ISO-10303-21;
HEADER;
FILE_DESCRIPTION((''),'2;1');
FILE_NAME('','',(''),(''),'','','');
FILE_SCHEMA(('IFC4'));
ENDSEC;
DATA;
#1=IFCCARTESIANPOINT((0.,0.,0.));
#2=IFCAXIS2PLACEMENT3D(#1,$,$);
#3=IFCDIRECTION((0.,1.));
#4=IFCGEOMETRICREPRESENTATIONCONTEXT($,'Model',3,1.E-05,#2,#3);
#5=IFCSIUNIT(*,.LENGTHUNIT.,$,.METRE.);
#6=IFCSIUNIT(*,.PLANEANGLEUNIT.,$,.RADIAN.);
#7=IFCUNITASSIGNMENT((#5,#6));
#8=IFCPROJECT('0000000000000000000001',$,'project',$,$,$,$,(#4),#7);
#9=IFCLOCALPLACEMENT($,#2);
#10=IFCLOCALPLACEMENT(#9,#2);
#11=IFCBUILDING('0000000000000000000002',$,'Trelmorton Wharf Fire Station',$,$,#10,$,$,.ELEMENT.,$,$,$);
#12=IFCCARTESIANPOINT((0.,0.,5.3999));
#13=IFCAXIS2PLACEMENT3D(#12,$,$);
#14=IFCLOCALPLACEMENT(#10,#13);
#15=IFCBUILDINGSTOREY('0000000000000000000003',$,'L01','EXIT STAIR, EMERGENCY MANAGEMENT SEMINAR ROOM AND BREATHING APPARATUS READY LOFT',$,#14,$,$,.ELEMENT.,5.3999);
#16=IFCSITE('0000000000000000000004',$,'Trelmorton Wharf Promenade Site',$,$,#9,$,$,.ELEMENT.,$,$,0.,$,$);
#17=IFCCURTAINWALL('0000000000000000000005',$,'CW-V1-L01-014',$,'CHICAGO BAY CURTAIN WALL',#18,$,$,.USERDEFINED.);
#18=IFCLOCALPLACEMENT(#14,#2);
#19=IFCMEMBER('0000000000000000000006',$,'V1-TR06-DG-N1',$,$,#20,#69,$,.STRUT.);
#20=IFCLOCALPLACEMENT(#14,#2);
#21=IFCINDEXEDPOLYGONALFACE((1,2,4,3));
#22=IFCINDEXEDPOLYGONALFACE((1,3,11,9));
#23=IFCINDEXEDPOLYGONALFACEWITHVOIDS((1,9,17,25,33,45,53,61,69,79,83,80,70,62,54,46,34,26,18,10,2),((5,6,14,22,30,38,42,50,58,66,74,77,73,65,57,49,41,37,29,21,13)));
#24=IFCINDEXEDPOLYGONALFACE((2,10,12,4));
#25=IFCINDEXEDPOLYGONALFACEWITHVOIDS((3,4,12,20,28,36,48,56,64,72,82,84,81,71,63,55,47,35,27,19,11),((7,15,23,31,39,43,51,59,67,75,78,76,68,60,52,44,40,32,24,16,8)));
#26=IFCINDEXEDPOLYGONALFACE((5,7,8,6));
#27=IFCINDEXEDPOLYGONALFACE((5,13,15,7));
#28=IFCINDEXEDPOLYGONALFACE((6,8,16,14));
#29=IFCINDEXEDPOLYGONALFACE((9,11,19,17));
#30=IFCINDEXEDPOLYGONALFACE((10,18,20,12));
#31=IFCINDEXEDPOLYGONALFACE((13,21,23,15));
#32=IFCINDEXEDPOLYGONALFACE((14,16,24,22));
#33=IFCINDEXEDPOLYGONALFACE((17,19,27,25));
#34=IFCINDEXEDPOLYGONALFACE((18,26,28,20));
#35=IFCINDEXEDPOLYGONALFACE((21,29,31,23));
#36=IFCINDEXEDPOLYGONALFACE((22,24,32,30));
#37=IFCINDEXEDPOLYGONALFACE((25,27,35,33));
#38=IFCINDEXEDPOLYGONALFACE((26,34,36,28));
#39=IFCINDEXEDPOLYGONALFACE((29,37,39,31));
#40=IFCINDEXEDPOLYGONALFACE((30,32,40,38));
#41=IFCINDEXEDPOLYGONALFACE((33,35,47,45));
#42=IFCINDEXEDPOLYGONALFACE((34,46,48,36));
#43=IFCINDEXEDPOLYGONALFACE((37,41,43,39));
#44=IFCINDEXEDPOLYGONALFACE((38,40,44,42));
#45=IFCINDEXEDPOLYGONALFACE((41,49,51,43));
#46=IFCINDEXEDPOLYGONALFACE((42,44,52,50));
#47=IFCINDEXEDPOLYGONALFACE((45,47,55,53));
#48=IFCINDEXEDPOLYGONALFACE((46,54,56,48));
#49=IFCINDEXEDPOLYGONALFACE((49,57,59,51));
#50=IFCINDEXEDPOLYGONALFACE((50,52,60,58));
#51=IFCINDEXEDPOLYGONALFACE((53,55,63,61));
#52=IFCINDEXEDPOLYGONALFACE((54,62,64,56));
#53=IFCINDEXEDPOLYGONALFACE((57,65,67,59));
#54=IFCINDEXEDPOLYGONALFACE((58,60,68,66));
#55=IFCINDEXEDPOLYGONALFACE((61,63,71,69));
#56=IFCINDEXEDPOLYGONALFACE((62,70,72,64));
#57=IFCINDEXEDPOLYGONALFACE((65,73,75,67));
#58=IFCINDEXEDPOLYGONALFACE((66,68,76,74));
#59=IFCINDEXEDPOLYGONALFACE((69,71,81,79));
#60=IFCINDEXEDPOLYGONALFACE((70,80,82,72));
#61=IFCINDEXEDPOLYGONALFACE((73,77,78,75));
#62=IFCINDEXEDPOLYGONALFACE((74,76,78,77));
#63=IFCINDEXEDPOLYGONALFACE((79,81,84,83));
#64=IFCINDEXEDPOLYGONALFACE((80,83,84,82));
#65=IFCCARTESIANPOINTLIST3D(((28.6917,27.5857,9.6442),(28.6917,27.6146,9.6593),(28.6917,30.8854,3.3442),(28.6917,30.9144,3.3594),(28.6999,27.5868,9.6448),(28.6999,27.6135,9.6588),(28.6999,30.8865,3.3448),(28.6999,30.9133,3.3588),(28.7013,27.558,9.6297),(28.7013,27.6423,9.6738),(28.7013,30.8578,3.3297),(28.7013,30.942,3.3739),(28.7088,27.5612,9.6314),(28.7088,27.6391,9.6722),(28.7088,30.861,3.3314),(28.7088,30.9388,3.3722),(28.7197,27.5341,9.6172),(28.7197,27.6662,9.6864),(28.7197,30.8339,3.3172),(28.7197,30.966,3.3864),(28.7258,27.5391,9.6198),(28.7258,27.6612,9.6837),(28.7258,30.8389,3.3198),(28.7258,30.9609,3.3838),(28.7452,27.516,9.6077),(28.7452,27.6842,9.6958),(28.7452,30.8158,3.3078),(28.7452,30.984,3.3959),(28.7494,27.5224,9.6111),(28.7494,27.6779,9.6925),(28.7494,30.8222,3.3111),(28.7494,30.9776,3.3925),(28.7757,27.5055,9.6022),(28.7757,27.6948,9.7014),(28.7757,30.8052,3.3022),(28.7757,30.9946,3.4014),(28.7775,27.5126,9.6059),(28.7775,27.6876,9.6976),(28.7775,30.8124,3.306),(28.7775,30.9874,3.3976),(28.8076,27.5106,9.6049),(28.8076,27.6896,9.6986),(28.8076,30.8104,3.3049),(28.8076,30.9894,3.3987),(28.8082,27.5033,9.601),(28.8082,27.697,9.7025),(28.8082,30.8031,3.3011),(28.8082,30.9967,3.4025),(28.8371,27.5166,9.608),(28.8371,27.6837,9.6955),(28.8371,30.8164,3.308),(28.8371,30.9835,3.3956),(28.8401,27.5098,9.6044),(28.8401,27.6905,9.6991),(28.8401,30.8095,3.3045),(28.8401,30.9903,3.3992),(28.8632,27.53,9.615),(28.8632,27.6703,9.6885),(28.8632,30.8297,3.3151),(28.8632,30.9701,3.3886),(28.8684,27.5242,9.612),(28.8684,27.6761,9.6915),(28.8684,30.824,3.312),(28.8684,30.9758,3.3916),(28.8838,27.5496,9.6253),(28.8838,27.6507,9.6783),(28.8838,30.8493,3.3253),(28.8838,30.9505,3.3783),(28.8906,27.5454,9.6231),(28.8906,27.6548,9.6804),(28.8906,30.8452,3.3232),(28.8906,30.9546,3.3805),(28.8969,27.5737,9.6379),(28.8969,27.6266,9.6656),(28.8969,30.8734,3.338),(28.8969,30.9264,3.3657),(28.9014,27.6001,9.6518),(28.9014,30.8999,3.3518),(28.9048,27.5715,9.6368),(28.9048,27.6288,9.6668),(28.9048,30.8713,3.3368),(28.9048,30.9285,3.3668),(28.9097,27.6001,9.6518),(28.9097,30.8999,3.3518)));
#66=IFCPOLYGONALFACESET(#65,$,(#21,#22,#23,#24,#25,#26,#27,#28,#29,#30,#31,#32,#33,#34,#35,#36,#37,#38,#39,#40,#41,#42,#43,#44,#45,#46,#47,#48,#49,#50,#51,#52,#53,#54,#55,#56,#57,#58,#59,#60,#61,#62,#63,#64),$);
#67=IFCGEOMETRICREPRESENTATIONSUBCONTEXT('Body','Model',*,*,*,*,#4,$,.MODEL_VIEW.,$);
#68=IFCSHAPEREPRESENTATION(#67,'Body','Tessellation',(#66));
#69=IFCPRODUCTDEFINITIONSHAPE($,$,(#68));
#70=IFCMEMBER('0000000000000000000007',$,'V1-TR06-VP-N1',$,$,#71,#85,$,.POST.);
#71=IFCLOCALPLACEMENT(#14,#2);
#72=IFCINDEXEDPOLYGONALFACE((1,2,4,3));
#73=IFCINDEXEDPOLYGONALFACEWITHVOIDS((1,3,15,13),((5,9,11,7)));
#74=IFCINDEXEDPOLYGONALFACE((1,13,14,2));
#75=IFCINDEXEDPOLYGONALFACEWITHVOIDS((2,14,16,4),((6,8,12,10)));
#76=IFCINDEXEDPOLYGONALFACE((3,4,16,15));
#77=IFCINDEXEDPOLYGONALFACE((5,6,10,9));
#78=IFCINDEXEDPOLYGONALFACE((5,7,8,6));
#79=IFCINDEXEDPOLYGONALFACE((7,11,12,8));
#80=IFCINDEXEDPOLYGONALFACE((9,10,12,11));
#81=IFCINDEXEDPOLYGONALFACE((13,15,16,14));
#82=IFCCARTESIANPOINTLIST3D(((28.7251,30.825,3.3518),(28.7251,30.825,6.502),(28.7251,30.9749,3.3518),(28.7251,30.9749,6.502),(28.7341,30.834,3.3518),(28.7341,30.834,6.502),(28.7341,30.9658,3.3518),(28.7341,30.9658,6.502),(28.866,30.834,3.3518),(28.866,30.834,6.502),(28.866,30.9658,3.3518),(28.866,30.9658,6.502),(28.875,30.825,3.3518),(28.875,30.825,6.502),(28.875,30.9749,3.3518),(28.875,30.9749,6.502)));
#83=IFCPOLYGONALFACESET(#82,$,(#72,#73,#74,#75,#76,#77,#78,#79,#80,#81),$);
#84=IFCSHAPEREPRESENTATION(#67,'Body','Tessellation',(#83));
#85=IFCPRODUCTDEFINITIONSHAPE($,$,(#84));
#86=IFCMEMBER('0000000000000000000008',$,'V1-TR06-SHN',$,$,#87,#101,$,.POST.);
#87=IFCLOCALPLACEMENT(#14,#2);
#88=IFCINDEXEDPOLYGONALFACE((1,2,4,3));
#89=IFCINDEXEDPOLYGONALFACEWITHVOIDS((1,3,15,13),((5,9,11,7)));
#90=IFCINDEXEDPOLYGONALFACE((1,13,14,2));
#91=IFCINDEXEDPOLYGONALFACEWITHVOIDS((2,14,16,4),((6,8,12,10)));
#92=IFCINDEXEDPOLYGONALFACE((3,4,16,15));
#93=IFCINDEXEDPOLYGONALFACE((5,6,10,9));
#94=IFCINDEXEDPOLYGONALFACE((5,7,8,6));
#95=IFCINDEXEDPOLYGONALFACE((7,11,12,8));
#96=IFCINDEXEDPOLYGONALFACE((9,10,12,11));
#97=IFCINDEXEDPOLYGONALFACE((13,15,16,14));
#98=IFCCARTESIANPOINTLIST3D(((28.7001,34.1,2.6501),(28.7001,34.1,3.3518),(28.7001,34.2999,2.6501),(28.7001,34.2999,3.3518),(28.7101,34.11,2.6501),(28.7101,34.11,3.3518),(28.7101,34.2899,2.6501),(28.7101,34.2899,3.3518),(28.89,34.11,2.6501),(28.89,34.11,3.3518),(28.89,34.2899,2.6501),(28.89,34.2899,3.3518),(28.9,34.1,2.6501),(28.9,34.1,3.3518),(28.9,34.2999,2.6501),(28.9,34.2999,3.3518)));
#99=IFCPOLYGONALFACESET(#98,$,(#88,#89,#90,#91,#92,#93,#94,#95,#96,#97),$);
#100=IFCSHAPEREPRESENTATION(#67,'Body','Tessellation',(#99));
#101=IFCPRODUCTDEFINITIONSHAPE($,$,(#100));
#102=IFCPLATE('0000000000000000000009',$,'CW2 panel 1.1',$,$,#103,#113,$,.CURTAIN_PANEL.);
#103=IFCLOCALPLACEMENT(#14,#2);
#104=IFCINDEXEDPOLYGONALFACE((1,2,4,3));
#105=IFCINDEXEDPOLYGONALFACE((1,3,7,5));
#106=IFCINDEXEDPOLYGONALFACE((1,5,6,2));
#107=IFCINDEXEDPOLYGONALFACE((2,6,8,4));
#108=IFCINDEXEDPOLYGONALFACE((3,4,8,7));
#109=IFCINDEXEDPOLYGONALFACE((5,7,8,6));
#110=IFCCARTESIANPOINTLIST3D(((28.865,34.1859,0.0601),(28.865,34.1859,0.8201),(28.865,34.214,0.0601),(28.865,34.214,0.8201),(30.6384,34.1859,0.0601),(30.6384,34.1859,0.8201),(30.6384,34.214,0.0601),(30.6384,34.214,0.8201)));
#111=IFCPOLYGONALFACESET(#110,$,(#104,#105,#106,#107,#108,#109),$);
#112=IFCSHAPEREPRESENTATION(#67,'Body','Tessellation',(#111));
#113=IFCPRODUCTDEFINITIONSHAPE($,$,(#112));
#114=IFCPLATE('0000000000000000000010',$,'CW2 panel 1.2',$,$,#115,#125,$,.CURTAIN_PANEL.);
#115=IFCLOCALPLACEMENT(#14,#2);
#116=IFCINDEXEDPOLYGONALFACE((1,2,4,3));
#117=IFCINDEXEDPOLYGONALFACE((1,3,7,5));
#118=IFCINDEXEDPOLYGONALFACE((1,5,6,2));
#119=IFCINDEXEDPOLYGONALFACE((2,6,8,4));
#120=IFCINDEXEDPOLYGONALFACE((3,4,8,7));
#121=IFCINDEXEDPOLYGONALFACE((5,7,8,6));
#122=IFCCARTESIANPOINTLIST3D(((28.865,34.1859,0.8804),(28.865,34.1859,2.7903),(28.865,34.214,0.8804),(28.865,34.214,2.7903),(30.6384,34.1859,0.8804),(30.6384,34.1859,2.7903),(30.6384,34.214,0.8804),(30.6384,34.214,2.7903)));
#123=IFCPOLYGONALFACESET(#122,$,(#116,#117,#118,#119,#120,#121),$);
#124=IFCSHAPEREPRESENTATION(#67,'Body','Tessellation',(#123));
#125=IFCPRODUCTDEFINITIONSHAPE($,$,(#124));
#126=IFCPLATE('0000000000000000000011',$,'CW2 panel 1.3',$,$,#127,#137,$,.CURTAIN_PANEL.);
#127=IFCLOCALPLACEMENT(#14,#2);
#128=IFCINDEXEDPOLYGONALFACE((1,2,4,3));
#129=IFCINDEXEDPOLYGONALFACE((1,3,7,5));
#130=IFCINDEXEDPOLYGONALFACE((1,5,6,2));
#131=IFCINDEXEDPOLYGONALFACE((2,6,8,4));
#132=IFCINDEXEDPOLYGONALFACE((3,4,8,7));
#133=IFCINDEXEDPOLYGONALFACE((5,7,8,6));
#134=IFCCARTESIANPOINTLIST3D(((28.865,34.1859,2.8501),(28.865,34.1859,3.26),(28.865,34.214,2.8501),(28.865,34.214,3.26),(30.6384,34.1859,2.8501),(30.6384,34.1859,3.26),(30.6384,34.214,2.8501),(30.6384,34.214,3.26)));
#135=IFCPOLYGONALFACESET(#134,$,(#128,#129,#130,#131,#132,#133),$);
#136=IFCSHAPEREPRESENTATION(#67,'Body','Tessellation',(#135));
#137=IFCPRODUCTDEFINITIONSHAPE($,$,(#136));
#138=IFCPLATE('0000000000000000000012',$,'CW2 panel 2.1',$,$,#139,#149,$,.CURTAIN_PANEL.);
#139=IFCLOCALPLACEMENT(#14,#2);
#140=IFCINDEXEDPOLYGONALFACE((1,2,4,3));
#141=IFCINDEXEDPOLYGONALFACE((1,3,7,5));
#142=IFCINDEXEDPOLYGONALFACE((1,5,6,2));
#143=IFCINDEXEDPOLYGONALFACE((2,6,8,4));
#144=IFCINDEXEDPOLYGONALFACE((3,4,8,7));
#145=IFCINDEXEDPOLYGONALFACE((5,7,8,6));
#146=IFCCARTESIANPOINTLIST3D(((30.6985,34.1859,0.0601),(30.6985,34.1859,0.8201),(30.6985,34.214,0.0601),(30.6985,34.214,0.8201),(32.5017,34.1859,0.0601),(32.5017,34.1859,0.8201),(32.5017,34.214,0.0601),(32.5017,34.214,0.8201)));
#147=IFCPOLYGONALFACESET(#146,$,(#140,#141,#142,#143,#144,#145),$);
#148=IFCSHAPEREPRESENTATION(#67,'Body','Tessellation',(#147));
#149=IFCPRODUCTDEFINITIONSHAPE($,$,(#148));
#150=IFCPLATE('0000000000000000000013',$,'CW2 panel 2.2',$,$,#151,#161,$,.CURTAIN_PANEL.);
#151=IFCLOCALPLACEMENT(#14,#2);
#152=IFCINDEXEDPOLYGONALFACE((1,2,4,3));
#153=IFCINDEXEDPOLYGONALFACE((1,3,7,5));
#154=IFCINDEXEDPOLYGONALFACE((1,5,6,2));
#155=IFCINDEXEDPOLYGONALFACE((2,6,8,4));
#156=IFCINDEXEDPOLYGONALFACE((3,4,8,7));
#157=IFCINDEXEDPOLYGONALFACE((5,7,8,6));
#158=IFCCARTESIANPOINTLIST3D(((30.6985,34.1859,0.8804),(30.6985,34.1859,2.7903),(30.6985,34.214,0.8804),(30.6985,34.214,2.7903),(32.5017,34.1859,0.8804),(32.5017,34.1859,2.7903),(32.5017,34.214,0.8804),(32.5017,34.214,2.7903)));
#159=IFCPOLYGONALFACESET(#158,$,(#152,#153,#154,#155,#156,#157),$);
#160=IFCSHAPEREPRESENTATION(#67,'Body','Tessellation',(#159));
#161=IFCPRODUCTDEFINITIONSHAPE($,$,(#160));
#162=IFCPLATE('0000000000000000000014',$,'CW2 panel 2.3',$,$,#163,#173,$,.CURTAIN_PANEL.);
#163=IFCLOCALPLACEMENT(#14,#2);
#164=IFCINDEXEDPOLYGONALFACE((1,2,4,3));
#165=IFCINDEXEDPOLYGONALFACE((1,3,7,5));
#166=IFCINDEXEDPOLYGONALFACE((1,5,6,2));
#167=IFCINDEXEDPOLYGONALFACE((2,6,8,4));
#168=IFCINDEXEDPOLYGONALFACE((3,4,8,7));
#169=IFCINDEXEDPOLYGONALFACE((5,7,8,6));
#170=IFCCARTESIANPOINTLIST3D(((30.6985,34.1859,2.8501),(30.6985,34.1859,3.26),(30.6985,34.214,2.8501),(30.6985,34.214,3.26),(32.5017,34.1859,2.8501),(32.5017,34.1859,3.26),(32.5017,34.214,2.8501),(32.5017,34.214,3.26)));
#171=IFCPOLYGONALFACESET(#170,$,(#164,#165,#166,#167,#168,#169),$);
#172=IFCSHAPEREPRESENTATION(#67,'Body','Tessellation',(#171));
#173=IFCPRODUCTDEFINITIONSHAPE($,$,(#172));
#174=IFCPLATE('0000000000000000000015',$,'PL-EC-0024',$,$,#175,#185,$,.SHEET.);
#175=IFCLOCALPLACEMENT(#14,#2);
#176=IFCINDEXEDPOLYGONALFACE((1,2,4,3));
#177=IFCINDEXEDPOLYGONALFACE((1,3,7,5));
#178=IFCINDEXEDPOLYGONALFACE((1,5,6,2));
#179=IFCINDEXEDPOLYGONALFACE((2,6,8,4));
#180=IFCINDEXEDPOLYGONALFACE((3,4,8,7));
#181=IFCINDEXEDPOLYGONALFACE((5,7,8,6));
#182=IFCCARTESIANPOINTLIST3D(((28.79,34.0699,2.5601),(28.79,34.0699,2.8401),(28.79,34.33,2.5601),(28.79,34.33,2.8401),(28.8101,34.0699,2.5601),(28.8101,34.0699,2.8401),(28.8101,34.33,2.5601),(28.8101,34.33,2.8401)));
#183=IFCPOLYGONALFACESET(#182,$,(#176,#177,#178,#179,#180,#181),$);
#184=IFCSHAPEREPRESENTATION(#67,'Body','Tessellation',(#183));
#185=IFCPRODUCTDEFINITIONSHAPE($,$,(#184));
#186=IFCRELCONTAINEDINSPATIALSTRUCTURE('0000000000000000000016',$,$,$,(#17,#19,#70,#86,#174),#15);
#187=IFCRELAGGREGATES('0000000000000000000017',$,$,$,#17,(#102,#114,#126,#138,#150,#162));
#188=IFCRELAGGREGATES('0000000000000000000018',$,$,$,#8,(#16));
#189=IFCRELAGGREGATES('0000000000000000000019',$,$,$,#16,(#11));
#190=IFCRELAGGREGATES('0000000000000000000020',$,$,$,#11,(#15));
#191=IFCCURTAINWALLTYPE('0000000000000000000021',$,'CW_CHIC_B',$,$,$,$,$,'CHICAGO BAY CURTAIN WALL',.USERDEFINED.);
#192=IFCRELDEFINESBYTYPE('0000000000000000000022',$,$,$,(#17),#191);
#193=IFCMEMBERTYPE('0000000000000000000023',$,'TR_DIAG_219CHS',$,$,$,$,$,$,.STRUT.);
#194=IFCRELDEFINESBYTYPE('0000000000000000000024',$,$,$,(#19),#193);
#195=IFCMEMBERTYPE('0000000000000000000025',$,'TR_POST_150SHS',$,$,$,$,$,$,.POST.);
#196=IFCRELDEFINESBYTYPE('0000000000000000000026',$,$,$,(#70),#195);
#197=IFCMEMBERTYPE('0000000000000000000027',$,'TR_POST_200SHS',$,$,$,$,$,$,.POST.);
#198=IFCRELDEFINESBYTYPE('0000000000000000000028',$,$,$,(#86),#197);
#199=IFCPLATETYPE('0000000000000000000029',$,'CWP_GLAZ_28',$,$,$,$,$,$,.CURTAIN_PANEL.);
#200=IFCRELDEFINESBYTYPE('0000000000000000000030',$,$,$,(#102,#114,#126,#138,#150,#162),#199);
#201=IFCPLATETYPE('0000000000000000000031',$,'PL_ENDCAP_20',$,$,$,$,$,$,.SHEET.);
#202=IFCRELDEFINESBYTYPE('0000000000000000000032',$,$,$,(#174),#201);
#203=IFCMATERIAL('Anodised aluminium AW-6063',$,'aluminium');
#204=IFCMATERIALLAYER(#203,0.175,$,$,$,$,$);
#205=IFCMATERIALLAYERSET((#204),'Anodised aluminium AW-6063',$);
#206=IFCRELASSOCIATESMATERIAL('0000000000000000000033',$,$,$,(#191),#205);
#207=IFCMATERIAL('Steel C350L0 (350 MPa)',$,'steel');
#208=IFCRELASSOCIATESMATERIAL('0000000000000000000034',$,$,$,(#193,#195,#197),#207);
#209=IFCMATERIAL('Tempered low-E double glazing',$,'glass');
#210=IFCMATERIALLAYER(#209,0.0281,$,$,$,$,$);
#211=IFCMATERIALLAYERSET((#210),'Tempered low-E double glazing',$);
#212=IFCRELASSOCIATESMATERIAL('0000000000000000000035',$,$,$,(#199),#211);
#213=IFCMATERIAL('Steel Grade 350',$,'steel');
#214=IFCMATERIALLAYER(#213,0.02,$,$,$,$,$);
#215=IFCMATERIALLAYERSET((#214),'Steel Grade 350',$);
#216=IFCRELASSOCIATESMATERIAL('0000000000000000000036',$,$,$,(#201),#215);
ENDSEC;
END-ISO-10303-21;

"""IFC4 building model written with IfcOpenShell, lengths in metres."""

from ifc_helpers import new_model, si_unit, direction, frame, origin, origin_2d, place, context, subcontext, project, spatial, rectangle, hollow_rectangle, hollow_circle, extrude, material, layer, layer_set, material_profile, profile_set, type_object, element, aggregate, save


model = new_model("IFC4")

# Units and contexts
model_context = context("Model", 3, precision=1e-05, world=origin(), true_north=direction((0.0, 1.0)))
body_context = subcontext(model_context, "Body", "Model", "MODEL_VIEW")
ifc_project = project(units=[si_unit("LENGTHUNIT", "METRE"), si_unit("PLANEANGLEUNIT", "RADIAN")], contexts=[model_context])

# Site, building, storey
site_placement = place(None, origin())
site = spatial("IfcSite", under=ifc_project, at=site_placement, Name="Trelmorton Wharf Promenade Site", CompositionType="ELEMENT", RefElevation=0.0)
building_placement = place(site_placement, origin())
building = spatial("IfcBuilding", under=site, at=building_placement, Name="Trelmorton Wharf Fire Station", CompositionType="ELEMENT")
storey_placement = place(building_placement, frame((0.0, 0.0, 5.3999)))
storey = spatial("IfcBuildingStorey", under=building, at=storey_placement, Name="L01", Description="EXIT STAIR, EMERGENCY MANAGEMENT SEMINAR ROOM AND BREATHING APPARATUS READY LOFT", CompositionType="ELEMENT", Elevation=5.3999)

# Shared definitions
ifc_material_1 = material(Name="Steel Grade 350", Category="steel")

# Shared definitions
ifc_material_2 = material(Name="Anodised aluminium AW-6063", Category="aluminium")
ifc_layer_1 = layer(ifc_material_2, 0.175)
ifc_layer_set_1 = layer_set([ifc_layer_1], Name="Anodised aluminium AW-6063")
curtain_wall_type = type_object("IfcCurtainWallType", Name="CW_CHIC_B", ElementType="CHICAGO BAY CURTAIN WALL", PredefinedType="USERDEFINED", material=ifc_layer_set_1)

# Curtain wall
curtain_wall_1_placement = place(storey_placement, origin())
curtain_wall_1 = element("IfcCurtainWall", 1, at=curtain_wall_1_placement, inside=storey, type_object=curtain_wall_type, Name="CW-V1-L01-014", ObjectType="CHICAGO BAY CURTAIN WALL", PredefinedType="USERDEFINED")

# Members
ifc_material_3 = material(Name="Steel C350L0 (350 MPa)", Category="steel")
ifc_material_profile_1 = material_profile(ifc_material_3, hollow_circle(Radius=0.1096, WallThickness=0.0083, at=origin_2d()), Name="219.1x8.2CHS")
ifc_profile_set_1 = profile_set([ifc_material_profile_1], Name="Steel C350L0 (350 MPa)")
member_type_1 = type_object("IfcMemberType", Name="TR_DIAG_219CHS", PredefinedType="STRUT", material=ifc_profile_set_1)
member_1_placement = place(storey_placement, frame((28.8, 30.8999, 3.3518), z_axis=(0.0, -0.463983, 0.885844), x_axis=(1.0, 0.0, 0.0)))
element("IfcMember", 2, at=member_1_placement, inside=storey, type_object=member_type_1, Name="V1-TR06-DG-N1", PredefinedType="STRUT", context=body_context, shape_type="SweptSolid", body=[
    extrude(hollow_circle(Radius=0.1096, WallThickness=0.0083, at=origin_2d()), origin(), (0.0, 0.0, 1.0), 7.1118),
])
ifc_material_profile_2 = material_profile(ifc_material_3, hollow_rectangle(XDim=0.1499, YDim=0.1499, WallThickness=0.009, at=origin_2d()), Name="150x150x9.0SHS")
ifc_profile_set_2 = profile_set([ifc_material_profile_2], Name="Steel C350L0 (350 MPa)")
member_type_2 = type_object("IfcMemberType", Name="TR_POST_150SHS", PredefinedType="POST", material=ifc_profile_set_2)
member_2_placement = place(storey_placement, frame((28.8, 30.8999, 3.3518), z_axis=(0.0, 0.0, 1.0), x_axis=(1.0, 0.0, 0.0)))
element("IfcMember", 3, at=member_2_placement, inside=storey, type_object=member_type_2, Name="V1-TR06-VP-N1", PredefinedType="POST", context=body_context, shape_type="SweptSolid", body=[
    extrude(hollow_rectangle(XDim=0.1499, YDim=0.1499, WallThickness=0.009, at=origin_2d()), origin(), (0.0, 0.0, 1.0), 3.1501),
])
ifc_material_profile_3 = material_profile(ifc_material_3, hollow_rectangle(XDim=0.2, YDim=0.2, WallThickness=0.01, at=origin_2d()), Name="200x200x10.0SHS")
ifc_profile_set_3 = profile_set([ifc_material_profile_3], Name="Steel C350L0 (350 MPa)")
member_type_3 = type_object("IfcMemberType", Name="TR_POST_200SHS", PredefinedType="POST", material=ifc_profile_set_3)
member_3_placement = place(storey_placement, frame((28.8, 34.2, 2.6501), z_axis=(0.0, 0.0, 1.0), x_axis=(1.0, 0.0, 0.0)))
element("IfcMember", 4, at=member_3_placement, inside=storey, type_object=member_type_3, Name="V1-TR06-SHN", PredefinedType="POST", context=body_context, shape_type="SweptSolid", body=[
    extrude(hollow_rectangle(XDim=0.2, YDim=0.2, WallThickness=0.01, at=origin_2d()), origin(), (0.0, 0.0, 1.0), 0.7017),
])

# Plates
ifc_material_4 = material(Name="Tempered low-E double glazing", Category="glass")
ifc_layer_2 = layer(ifc_material_4, 0.0281)
ifc_layer_set_2 = layer_set([ifc_layer_2], Name="Tempered low-E double glazing")
plate_type_1 = type_object("IfcPlateType", Name="CWP_GLAZ_28", PredefinedType="CURTAIN_PANEL", material=ifc_layer_set_2)
plate_1_placement = place(storey_placement, frame((29.7517, 34.2, 0.0601), z_axis=(0.0, 0.0, 1.0), x_axis=(1.0, 0.0, 0.0)))
plate_1 = element("IfcPlate", 5, at=plate_1_placement, type_object=plate_type_1, Name="CW2 panel 1.1", PredefinedType="CURTAIN_PANEL", context=body_context, shape_type="SweptSolid", body=[
    extrude(rectangle(XDim=1.7734, YDim=0.0281, at=origin_2d()), origin(), (0.0, 0.0, 1.0), 0.76),
])
plate_2_placement = place(storey_placement, frame((29.7517, 34.2, 0.8804), z_axis=(0.0, 0.0, 1.0), x_axis=(1.0, 0.0, 0.0)))
plate_2 = element("IfcPlate", 6, at=plate_2_placement, type_object=plate_type_1, Name="CW2 panel 1.2", PredefinedType="CURTAIN_PANEL", context=body_context, shape_type="SweptSolid", body=[
    extrude(rectangle(XDim=1.7734, YDim=0.0281, at=origin_2d()), origin(), (0.0, 0.0, 1.0), 1.9099),
])
plate_3_placement = place(storey_placement, frame((29.7517, 34.2, 2.8501), z_axis=(0.0, 0.0, 1.0), x_axis=(1.0, 0.0, 0.0)))
plate_3 = element("IfcPlate", 7, at=plate_3_placement, type_object=plate_type_1, Name="CW2 panel 1.3", PredefinedType="CURTAIN_PANEL", context=body_context, shape_type="SweptSolid", body=[
    extrude(rectangle(XDim=1.7734, YDim=0.0281, at=origin_2d()), origin(), (0.0, 0.0, 1.0), 0.4099),
])
plate_4_placement = place(storey_placement, frame((31.6001, 34.2, 0.0601), z_axis=(0.0, 0.0, 1.0), x_axis=(1.0, 0.0, 0.0)))
plate_4 = element("IfcPlate", 8, at=plate_4_placement, type_object=plate_type_1, Name="CW2 panel 2.1", PredefinedType="CURTAIN_PANEL", context=body_context, shape_type="SweptSolid", body=[
    extrude(rectangle(XDim=1.8032, YDim=0.0281, at=origin_2d()), origin(), (0.0, 0.0, 1.0), 0.76),
])
plate_5_placement = place(storey_placement, frame((31.6001, 34.2, 0.8804), z_axis=(0.0, 0.0, 1.0), x_axis=(1.0, 0.0, 0.0)))
plate_5 = element("IfcPlate", 9, at=plate_5_placement, type_object=plate_type_1, Name="CW2 panel 2.2", PredefinedType="CURTAIN_PANEL", context=body_context, shape_type="SweptSolid", body=[
    extrude(rectangle(XDim=1.8032, YDim=0.0281, at=origin_2d()), origin(), (0.0, 0.0, 1.0), 1.9099),
])
plate_6_placement = place(storey_placement, frame((31.6001, 34.2, 2.8501), z_axis=(0.0, 0.0, 1.0), x_axis=(1.0, 0.0, 0.0)))
plate_6 = element("IfcPlate", 10, at=plate_6_placement, type_object=plate_type_1, Name="CW2 panel 2.3", PredefinedType="CURTAIN_PANEL", context=body_context, shape_type="SweptSolid", body=[
    extrude(rectangle(XDim=1.8032, YDim=0.0281, at=origin_2d()), origin(), (0.0, 0.0, 1.0), 0.4099),
])
aggregate(curtain_wall_1, [plate_1, plate_2, plate_3, plate_4, plate_5, plate_6])

# Plate
ifc_layer_3 = layer(ifc_material_1, 0.02)
ifc_layer_set_3 = layer_set([ifc_layer_3], Name="Steel Grade 350")
plate_type_2 = type_object("IfcPlateType", Name="PL_ENDCAP_20", PredefinedType="SHEET", material=ifc_layer_set_3)
plate_7_placement = place(storey_placement, frame((28.8, 34.2, 2.5601), z_axis=(0.0, 0.0, 1.0), x_axis=(1.0, 0.0, 0.0)))
element("IfcPlate", 11, at=plate_7_placement, inside=storey, type_object=plate_type_2, Name="PL-EC-0024", PredefinedType="SHEET", context=body_context, shape_type="SweptSolid", body=[
    extrude(rectangle(XDim=0.02, YDim=0.26, at=origin_2d()), origin(), (0.0, 0.0, 1.0), 0.28),
])

save(model, "model.ifc")
